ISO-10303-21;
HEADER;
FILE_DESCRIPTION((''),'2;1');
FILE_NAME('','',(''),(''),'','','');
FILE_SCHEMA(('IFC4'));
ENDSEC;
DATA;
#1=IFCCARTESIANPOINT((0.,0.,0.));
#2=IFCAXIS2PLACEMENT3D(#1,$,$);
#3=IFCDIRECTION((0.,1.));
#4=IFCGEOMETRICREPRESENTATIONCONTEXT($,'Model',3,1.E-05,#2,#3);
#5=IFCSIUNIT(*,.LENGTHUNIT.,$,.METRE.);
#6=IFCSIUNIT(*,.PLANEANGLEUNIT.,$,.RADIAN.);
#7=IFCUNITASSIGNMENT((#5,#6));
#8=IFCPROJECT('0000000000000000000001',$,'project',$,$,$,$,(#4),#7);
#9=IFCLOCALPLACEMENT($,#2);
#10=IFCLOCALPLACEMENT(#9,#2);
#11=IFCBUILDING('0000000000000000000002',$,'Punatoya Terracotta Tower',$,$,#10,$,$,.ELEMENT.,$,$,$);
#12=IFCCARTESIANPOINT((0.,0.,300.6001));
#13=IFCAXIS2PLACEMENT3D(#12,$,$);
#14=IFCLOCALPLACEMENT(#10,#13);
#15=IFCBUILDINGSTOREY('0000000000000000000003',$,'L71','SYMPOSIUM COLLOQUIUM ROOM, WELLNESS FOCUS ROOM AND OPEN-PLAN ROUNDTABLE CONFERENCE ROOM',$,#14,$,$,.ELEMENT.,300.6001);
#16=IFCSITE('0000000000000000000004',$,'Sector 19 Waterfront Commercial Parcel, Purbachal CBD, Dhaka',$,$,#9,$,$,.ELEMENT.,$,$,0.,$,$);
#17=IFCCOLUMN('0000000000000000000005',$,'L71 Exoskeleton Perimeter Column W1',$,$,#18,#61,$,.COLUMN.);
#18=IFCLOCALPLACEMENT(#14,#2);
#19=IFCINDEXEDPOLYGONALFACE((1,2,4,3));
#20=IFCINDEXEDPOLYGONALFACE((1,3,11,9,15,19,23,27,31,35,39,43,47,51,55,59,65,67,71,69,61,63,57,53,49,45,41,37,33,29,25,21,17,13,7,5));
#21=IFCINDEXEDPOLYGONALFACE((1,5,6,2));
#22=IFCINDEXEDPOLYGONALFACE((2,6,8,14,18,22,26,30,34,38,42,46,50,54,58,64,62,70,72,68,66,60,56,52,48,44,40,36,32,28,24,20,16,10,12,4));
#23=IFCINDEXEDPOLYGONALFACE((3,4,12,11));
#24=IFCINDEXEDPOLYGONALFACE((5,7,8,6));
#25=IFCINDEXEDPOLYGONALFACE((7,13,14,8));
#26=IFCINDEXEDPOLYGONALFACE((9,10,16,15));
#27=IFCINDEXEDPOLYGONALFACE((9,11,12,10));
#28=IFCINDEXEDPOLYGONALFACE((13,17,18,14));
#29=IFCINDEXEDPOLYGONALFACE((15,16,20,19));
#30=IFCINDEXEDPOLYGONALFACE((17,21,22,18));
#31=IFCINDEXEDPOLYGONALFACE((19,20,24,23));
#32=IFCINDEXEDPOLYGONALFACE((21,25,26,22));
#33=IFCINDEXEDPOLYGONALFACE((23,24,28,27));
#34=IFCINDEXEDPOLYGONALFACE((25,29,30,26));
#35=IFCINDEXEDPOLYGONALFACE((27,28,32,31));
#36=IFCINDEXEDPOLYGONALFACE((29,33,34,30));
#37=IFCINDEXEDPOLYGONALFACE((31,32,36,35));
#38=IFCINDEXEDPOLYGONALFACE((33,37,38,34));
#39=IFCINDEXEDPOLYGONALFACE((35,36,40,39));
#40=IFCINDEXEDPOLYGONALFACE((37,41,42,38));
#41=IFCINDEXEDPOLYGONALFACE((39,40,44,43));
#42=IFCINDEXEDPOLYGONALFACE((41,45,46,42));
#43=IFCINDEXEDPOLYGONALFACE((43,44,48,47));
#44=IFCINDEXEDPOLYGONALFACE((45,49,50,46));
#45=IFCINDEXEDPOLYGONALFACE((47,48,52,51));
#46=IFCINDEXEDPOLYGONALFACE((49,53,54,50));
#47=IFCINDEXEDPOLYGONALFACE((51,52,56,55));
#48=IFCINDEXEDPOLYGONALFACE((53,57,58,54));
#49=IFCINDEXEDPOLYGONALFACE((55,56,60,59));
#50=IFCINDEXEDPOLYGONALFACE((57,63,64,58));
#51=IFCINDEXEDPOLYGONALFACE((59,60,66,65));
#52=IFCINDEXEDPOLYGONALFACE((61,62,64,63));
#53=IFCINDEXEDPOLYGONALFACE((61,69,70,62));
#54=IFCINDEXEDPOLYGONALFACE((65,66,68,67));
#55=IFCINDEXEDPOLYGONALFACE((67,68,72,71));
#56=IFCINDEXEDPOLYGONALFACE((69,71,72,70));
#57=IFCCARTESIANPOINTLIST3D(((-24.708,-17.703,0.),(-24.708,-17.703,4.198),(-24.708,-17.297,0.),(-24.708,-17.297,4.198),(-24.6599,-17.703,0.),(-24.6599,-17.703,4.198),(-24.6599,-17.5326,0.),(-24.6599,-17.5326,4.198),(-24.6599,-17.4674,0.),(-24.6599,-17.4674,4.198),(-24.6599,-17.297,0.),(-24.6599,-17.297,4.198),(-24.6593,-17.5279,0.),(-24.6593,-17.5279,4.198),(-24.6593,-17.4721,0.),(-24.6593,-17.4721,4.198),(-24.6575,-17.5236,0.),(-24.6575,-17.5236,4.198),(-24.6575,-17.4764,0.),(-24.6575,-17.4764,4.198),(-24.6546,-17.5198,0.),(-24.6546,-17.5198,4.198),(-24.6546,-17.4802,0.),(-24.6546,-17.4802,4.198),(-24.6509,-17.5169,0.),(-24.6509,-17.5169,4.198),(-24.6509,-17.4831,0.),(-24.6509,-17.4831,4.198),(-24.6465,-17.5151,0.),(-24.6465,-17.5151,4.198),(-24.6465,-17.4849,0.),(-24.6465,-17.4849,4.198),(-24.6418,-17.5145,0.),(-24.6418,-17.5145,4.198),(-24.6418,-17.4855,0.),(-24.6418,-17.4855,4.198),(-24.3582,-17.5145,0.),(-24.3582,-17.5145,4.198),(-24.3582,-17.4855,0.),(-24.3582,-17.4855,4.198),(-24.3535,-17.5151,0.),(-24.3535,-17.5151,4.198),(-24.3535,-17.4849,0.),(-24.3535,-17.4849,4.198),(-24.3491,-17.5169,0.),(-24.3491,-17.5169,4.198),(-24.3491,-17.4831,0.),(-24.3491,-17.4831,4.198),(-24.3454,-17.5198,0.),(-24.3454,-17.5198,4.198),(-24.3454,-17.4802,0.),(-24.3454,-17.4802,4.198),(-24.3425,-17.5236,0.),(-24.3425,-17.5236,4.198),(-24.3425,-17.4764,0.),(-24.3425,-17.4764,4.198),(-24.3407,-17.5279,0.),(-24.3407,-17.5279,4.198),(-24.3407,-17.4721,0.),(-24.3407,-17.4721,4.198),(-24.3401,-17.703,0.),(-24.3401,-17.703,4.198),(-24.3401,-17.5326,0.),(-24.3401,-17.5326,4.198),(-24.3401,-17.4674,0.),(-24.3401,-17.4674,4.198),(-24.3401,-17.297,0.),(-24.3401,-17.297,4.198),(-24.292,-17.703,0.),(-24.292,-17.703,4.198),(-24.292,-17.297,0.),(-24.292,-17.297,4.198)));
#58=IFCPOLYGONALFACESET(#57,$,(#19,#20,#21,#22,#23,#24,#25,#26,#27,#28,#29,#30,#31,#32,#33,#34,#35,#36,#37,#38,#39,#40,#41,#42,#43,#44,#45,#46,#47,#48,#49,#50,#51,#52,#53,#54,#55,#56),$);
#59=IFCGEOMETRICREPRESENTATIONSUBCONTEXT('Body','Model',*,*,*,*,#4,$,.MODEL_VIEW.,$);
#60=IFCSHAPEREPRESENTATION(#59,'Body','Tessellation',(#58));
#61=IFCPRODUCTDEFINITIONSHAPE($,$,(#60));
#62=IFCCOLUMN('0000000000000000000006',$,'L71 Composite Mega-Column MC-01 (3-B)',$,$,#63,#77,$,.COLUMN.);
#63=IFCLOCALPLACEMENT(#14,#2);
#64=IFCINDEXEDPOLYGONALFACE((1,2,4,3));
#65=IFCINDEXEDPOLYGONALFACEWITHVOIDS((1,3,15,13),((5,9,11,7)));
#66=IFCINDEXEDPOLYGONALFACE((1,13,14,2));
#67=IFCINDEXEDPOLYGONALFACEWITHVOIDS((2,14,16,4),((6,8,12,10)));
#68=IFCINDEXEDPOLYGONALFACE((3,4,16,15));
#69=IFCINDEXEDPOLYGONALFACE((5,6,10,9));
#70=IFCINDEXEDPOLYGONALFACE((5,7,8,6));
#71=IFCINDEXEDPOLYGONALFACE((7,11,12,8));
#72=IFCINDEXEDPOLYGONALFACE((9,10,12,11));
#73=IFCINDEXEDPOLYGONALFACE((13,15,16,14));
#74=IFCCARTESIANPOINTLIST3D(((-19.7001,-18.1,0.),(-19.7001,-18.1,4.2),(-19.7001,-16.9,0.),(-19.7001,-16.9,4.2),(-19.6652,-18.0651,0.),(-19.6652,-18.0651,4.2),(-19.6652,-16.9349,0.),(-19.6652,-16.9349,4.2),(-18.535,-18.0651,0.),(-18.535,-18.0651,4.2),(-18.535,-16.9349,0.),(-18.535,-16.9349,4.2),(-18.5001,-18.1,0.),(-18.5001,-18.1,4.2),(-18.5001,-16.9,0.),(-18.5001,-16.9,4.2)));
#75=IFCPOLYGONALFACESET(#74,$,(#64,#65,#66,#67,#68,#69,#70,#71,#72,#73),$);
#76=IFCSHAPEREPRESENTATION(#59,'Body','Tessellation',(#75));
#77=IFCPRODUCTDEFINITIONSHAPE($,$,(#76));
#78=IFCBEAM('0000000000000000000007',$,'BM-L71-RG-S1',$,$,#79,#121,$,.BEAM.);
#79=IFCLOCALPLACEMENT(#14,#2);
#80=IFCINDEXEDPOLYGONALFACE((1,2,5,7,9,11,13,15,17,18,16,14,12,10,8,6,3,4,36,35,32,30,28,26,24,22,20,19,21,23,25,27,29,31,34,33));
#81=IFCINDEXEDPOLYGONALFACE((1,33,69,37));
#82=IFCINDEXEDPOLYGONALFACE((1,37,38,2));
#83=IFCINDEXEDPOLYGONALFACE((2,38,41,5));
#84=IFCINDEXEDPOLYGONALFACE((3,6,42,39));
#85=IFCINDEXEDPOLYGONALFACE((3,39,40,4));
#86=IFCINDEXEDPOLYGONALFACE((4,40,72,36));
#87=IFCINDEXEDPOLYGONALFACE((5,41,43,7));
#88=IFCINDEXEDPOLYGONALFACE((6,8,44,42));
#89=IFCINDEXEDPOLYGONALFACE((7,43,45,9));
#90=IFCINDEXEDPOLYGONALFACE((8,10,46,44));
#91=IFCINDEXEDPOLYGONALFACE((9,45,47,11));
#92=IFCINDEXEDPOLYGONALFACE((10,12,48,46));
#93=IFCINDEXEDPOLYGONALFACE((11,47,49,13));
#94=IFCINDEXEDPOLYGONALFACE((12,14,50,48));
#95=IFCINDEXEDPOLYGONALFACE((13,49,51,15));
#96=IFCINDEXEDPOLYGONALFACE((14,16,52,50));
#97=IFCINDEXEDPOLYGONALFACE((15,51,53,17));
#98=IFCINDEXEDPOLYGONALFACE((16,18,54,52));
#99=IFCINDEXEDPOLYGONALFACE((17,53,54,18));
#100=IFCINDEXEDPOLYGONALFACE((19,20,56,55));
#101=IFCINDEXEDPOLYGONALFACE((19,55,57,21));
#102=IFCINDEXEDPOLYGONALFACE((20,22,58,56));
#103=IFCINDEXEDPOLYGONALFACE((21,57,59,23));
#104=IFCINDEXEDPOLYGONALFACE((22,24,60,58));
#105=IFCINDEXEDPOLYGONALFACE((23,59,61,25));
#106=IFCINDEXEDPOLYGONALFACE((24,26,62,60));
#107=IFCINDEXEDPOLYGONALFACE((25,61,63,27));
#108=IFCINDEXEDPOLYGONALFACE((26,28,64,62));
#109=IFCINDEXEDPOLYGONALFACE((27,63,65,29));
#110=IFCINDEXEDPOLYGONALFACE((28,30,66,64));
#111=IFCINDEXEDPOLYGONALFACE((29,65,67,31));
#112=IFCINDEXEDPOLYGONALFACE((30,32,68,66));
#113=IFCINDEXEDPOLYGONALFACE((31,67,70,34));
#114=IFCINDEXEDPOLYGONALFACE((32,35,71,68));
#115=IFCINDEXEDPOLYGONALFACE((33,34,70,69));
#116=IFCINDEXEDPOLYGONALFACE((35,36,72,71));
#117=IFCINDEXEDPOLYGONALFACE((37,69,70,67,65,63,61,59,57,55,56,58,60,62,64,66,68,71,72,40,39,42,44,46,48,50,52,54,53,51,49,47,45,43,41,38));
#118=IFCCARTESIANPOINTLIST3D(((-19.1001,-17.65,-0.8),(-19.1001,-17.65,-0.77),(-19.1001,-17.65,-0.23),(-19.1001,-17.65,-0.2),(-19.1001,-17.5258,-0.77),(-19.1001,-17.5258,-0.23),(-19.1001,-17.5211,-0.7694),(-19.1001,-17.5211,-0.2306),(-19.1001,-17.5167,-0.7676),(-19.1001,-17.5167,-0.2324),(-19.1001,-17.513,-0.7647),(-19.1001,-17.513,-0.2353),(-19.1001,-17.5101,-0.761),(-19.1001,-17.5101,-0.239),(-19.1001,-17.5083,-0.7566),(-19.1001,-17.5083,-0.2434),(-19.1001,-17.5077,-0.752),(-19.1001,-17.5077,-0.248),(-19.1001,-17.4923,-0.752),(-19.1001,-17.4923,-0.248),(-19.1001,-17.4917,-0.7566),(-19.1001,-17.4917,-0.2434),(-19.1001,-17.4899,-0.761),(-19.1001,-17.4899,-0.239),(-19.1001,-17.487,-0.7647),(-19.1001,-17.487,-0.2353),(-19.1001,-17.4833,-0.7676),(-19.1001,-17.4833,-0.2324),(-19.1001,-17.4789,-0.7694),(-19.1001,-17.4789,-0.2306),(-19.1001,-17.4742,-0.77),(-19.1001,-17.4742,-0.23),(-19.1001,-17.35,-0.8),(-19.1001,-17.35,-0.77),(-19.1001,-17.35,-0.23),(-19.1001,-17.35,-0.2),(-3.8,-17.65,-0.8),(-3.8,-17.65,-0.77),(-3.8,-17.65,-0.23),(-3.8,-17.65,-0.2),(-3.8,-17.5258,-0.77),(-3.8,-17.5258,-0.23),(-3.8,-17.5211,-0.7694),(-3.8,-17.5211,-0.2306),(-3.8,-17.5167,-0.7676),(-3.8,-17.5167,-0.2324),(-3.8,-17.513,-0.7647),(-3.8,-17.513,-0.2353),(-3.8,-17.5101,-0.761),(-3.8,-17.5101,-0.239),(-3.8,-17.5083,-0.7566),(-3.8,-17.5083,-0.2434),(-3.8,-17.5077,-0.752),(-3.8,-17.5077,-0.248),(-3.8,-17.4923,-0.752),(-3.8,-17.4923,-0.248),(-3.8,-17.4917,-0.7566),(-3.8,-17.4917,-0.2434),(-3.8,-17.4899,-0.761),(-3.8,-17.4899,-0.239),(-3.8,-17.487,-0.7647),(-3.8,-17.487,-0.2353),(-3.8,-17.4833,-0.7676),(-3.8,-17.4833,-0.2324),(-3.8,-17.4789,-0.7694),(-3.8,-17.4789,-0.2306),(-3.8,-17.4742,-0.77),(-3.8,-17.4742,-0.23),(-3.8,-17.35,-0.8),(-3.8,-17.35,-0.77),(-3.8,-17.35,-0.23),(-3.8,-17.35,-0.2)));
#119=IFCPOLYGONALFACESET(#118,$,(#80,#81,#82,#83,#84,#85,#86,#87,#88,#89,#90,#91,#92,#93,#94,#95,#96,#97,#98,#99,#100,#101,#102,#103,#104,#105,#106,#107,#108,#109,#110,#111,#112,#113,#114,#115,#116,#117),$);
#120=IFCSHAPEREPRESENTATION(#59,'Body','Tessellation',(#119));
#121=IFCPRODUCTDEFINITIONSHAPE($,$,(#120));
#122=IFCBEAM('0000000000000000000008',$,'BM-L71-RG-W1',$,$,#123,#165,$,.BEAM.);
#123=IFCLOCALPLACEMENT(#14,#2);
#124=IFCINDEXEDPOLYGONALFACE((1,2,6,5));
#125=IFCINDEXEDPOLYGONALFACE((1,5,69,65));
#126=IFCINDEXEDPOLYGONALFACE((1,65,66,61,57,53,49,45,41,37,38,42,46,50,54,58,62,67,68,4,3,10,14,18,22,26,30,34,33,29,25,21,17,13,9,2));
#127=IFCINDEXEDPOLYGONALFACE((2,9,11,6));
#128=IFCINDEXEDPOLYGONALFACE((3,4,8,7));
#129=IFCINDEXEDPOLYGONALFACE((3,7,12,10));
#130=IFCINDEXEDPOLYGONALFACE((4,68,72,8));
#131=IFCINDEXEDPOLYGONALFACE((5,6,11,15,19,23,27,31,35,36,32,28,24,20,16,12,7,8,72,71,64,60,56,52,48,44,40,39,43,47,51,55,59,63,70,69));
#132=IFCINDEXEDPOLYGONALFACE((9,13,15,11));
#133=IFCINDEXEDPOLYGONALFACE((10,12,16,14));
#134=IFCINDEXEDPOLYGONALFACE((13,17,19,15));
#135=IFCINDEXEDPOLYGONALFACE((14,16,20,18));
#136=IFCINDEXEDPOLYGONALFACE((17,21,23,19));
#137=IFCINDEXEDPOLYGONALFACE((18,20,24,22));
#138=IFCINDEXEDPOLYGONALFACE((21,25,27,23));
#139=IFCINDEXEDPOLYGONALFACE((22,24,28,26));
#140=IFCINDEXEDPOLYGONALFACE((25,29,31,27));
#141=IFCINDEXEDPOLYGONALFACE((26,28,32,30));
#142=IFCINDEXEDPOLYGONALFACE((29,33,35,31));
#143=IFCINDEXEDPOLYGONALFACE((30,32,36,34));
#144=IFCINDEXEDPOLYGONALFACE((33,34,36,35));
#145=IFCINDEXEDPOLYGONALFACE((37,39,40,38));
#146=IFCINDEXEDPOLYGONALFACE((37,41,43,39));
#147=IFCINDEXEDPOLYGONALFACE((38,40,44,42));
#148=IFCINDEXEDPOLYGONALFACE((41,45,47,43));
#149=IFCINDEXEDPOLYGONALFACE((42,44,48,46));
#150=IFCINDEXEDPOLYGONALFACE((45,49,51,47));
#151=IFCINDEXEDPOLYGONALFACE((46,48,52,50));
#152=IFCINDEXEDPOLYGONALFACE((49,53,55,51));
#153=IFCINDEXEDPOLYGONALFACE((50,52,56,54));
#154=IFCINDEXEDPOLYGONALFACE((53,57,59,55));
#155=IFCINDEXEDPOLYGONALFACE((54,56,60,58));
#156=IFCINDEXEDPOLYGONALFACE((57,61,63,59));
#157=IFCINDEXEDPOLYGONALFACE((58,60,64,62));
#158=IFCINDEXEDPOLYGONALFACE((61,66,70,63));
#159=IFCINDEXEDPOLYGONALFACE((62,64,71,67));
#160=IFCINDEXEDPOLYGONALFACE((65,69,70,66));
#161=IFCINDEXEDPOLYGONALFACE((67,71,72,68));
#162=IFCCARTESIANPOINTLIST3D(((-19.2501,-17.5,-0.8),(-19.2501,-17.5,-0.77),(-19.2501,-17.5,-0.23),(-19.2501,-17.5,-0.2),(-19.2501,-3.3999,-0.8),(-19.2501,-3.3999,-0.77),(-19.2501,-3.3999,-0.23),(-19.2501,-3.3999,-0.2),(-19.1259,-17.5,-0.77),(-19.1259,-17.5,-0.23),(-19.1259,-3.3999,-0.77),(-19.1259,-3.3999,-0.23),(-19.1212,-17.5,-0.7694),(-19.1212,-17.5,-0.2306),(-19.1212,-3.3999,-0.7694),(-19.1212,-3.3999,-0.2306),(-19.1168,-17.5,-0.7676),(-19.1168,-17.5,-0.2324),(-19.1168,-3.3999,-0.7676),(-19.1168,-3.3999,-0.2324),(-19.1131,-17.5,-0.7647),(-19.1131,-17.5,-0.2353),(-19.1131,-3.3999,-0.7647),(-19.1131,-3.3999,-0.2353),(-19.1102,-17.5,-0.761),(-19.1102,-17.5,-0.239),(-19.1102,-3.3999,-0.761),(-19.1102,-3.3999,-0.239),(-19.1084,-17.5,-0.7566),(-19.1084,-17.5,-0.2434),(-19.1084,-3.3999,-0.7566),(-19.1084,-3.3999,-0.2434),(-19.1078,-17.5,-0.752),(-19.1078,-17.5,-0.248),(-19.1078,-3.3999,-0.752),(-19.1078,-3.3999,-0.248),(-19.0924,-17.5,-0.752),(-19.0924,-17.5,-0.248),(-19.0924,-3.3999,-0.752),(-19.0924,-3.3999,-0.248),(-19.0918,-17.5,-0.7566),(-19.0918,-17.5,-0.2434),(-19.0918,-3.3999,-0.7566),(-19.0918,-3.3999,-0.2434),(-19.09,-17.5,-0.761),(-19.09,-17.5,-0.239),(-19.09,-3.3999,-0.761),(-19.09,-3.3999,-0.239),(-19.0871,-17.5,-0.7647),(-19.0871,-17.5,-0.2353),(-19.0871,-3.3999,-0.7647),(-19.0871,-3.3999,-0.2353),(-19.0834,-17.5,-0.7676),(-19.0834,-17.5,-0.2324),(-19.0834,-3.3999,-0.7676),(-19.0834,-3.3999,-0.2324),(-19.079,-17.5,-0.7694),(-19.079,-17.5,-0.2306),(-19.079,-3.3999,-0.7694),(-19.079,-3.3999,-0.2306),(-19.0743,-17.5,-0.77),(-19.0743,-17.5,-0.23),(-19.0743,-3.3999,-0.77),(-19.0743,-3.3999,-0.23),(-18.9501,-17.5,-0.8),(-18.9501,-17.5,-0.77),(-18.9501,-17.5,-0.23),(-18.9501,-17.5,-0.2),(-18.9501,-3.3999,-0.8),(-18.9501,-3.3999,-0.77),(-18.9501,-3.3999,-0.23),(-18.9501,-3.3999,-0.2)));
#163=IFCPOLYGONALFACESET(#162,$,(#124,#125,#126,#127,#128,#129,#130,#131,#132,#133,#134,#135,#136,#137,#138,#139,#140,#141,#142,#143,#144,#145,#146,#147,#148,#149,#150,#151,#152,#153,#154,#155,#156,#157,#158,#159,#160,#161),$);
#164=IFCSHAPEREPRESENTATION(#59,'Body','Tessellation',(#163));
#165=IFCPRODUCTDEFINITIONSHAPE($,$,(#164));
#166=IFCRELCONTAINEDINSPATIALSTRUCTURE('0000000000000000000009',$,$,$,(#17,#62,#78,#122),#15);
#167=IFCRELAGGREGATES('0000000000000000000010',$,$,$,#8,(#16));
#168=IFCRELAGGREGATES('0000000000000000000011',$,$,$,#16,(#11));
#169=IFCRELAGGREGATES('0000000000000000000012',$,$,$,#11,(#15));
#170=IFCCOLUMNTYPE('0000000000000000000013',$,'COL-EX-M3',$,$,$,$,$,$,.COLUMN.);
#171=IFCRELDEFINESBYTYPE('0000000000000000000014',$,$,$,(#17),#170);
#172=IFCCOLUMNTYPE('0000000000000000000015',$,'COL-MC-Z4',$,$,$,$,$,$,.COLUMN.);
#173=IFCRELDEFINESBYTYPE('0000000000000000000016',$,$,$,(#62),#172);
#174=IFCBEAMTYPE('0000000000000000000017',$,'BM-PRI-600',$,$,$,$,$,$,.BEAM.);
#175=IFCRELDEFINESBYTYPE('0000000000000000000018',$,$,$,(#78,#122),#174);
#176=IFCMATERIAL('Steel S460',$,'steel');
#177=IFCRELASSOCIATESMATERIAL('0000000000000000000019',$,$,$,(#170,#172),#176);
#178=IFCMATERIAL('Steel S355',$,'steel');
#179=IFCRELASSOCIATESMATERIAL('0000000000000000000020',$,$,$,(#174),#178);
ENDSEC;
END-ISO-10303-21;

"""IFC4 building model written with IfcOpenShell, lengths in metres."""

from ifc_helpers import new_model, si_unit, direction, frame, origin, origin_2d, place, context, subcontext, project, spatial, hollow_rectangle, i_section, extrude, material, material_profile, profile_set, type_object, element, save


model = new_model("IFC4")

# Units and contexts
model_context = context("Model", 3, precision=1e-05, world=origin(), true_north=direction((0.0, 1.0)))
body_context = subcontext(model_context, "Body", "Model", "MODEL_VIEW")
ifc_project = project(units=[si_unit("LENGTHUNIT", "METRE"), si_unit("PLANEANGLEUNIT", "RADIAN")], contexts=[model_context])

# Site, building, storey
site_placement = place(None, origin())
site = spatial("IfcSite", under=ifc_project, at=site_placement, Name="Sector 19 Waterfront Commercial Parcel, Purbachal CBD, Dhaka", CompositionType="ELEMENT", RefElevation=0.0)
building_placement = place(site_placement, origin())
building = spatial("IfcBuilding", under=site, at=building_placement, Name="Punatoya Terracotta Tower", CompositionType="ELEMENT")
storey_placement = place(building_placement, frame((0.0, 0.0, 300.6001)))
storey = spatial("IfcBuildingStorey", under=building, at=storey_placement, Name="L71", Description="SYMPOSIUM COLLOQUIUM ROOM, WELLNESS FOCUS ROOM AND OPEN-PLAN ROUNDTABLE CONFERENCE ROOM", CompositionType="ELEMENT", Elevation=300.6001)

# Columns
ifc_material_1 = material(Name="Steel S460", Category="steel")
ifc_material_profile_1 = material_profile(ifc_material_1, i_section(OverallWidth=0.406, OverallDepth=0.416, WebThickness=0.0291, FlangeThickness=0.0481, FilletRadius=0.0181, at=origin_2d()))
ifc_profile_set_1 = profile_set([ifc_material_profile_1], Name="Steel S460")
column_type_1 = type_object("IfcColumnType", Name="COL-EX-M3", PredefinedType="COLUMN", material=ifc_profile_set_1)
column_1_placement = place(storey_placement, frame((-24.5, -17.5, 0.0), z_axis=(0.0, 0.0, 1.0), x_axis=(0.0, 1.0, 0.0)))
element("IfcColumn", 1, at=column_1_placement, inside=storey, type_object=column_type_1, Name="L71 Exoskeleton Perimeter Column W1", PredefinedType="COLUMN", context=body_context, shape_type="SweptSolid", body=[
    extrude(i_section(OverallWidth=0.406, OverallDepth=0.416, WebThickness=0.0291, FlangeThickness=0.0481, FilletRadius=0.0181, at=origin_2d()), origin(), (0.0, 0.0, 1.0), 4.198),
])
ifc_material_profile_2 = material_profile(ifc_material_1, hollow_rectangle(XDim=1.2, YDim=1.2, WallThickness=0.0349, at=origin_2d()))
ifc_profile_set_2 = profile_set([ifc_material_profile_2], Name="Steel S460")
column_type_2 = type_object("IfcColumnType", Name="COL-MC-Z4", PredefinedType="COLUMN", material=ifc_profile_set_2)
column_2_placement = place(storey_placement, frame((-19.1001, -17.5, 0.0), z_axis=(0.0, 0.0, 1.0), x_axis=(1.0, 0.0, 0.0)))
element("IfcColumn", 2, at=column_2_placement, inside=storey, type_object=column_type_2, Name="L71 Composite Mega-Column MC-01 (3-B)", PredefinedType="COLUMN", context=body_context, shape_type="SweptSolid", body=[
    extrude(hollow_rectangle(XDim=1.2, YDim=1.2, WallThickness=0.0349, at=origin_2d()), origin(), (0.0, 0.0, 1.0), 4.2),
])

# Beams
ifc_material_2 = material(Name="Steel S355", Category="steel")
ifc_material_profile_3 = material_profile(ifc_material_2, i_section(OverallWidth=0.3, OverallDepth=0.6001, WebThickness=0.0154, FlangeThickness=0.03, FilletRadius=0.0181, at=origin_2d()))
ifc_profile_set_3 = profile_set([ifc_material_profile_3], Name="Steel S355")
beam_type_1 = type_object("IfcBeamType", Name="BM-PRI-600", PredefinedType="BEAM", material=ifc_profile_set_3)
beam_1_placement = place(storey_placement, frame((-19.1001, -17.5, -0.5), z_axis=(1.0, 0.0, 0.0), x_axis=(0.0, 1.0, 0.0)))
element("IfcBeam", 3, at=beam_1_placement, inside=storey, type_object=beam_type_1, Name="BM-L71-RG-S1", PredefinedType="BEAM", context=body_context, shape_type="SweptSolid", body=[
    extrude(i_section(OverallWidth=0.3, OverallDepth=0.6001, WebThickness=0.0154, FlangeThickness=0.03, FilletRadius=0.0181, at=origin_2d()), origin(), (0.0, 0.0, 1.0), 15.3),
])
beam_2_placement = place(storey_placement, frame((-19.1001, -17.5, -0.5), z_axis=(0.0, 1.0, 0.0), x_axis=(-1.0, 0.0, 0.0)))
element("IfcBeam", 4, at=beam_2_placement, inside=storey, type_object=beam_type_1, Name="BM-L71-RG-W1", PredefinedType="BEAM", context=body_context, shape_type="SweptSolid", body=[
    extrude(i_section(OverallWidth=0.3, OverallDepth=0.6001, WebThickness=0.0154, FlangeThickness=0.03, FilletRadius=0.0181, at=origin_2d()), origin(), (0.0, 0.0, 1.0), 14.1001),
])

save(model, "model.ifc")
